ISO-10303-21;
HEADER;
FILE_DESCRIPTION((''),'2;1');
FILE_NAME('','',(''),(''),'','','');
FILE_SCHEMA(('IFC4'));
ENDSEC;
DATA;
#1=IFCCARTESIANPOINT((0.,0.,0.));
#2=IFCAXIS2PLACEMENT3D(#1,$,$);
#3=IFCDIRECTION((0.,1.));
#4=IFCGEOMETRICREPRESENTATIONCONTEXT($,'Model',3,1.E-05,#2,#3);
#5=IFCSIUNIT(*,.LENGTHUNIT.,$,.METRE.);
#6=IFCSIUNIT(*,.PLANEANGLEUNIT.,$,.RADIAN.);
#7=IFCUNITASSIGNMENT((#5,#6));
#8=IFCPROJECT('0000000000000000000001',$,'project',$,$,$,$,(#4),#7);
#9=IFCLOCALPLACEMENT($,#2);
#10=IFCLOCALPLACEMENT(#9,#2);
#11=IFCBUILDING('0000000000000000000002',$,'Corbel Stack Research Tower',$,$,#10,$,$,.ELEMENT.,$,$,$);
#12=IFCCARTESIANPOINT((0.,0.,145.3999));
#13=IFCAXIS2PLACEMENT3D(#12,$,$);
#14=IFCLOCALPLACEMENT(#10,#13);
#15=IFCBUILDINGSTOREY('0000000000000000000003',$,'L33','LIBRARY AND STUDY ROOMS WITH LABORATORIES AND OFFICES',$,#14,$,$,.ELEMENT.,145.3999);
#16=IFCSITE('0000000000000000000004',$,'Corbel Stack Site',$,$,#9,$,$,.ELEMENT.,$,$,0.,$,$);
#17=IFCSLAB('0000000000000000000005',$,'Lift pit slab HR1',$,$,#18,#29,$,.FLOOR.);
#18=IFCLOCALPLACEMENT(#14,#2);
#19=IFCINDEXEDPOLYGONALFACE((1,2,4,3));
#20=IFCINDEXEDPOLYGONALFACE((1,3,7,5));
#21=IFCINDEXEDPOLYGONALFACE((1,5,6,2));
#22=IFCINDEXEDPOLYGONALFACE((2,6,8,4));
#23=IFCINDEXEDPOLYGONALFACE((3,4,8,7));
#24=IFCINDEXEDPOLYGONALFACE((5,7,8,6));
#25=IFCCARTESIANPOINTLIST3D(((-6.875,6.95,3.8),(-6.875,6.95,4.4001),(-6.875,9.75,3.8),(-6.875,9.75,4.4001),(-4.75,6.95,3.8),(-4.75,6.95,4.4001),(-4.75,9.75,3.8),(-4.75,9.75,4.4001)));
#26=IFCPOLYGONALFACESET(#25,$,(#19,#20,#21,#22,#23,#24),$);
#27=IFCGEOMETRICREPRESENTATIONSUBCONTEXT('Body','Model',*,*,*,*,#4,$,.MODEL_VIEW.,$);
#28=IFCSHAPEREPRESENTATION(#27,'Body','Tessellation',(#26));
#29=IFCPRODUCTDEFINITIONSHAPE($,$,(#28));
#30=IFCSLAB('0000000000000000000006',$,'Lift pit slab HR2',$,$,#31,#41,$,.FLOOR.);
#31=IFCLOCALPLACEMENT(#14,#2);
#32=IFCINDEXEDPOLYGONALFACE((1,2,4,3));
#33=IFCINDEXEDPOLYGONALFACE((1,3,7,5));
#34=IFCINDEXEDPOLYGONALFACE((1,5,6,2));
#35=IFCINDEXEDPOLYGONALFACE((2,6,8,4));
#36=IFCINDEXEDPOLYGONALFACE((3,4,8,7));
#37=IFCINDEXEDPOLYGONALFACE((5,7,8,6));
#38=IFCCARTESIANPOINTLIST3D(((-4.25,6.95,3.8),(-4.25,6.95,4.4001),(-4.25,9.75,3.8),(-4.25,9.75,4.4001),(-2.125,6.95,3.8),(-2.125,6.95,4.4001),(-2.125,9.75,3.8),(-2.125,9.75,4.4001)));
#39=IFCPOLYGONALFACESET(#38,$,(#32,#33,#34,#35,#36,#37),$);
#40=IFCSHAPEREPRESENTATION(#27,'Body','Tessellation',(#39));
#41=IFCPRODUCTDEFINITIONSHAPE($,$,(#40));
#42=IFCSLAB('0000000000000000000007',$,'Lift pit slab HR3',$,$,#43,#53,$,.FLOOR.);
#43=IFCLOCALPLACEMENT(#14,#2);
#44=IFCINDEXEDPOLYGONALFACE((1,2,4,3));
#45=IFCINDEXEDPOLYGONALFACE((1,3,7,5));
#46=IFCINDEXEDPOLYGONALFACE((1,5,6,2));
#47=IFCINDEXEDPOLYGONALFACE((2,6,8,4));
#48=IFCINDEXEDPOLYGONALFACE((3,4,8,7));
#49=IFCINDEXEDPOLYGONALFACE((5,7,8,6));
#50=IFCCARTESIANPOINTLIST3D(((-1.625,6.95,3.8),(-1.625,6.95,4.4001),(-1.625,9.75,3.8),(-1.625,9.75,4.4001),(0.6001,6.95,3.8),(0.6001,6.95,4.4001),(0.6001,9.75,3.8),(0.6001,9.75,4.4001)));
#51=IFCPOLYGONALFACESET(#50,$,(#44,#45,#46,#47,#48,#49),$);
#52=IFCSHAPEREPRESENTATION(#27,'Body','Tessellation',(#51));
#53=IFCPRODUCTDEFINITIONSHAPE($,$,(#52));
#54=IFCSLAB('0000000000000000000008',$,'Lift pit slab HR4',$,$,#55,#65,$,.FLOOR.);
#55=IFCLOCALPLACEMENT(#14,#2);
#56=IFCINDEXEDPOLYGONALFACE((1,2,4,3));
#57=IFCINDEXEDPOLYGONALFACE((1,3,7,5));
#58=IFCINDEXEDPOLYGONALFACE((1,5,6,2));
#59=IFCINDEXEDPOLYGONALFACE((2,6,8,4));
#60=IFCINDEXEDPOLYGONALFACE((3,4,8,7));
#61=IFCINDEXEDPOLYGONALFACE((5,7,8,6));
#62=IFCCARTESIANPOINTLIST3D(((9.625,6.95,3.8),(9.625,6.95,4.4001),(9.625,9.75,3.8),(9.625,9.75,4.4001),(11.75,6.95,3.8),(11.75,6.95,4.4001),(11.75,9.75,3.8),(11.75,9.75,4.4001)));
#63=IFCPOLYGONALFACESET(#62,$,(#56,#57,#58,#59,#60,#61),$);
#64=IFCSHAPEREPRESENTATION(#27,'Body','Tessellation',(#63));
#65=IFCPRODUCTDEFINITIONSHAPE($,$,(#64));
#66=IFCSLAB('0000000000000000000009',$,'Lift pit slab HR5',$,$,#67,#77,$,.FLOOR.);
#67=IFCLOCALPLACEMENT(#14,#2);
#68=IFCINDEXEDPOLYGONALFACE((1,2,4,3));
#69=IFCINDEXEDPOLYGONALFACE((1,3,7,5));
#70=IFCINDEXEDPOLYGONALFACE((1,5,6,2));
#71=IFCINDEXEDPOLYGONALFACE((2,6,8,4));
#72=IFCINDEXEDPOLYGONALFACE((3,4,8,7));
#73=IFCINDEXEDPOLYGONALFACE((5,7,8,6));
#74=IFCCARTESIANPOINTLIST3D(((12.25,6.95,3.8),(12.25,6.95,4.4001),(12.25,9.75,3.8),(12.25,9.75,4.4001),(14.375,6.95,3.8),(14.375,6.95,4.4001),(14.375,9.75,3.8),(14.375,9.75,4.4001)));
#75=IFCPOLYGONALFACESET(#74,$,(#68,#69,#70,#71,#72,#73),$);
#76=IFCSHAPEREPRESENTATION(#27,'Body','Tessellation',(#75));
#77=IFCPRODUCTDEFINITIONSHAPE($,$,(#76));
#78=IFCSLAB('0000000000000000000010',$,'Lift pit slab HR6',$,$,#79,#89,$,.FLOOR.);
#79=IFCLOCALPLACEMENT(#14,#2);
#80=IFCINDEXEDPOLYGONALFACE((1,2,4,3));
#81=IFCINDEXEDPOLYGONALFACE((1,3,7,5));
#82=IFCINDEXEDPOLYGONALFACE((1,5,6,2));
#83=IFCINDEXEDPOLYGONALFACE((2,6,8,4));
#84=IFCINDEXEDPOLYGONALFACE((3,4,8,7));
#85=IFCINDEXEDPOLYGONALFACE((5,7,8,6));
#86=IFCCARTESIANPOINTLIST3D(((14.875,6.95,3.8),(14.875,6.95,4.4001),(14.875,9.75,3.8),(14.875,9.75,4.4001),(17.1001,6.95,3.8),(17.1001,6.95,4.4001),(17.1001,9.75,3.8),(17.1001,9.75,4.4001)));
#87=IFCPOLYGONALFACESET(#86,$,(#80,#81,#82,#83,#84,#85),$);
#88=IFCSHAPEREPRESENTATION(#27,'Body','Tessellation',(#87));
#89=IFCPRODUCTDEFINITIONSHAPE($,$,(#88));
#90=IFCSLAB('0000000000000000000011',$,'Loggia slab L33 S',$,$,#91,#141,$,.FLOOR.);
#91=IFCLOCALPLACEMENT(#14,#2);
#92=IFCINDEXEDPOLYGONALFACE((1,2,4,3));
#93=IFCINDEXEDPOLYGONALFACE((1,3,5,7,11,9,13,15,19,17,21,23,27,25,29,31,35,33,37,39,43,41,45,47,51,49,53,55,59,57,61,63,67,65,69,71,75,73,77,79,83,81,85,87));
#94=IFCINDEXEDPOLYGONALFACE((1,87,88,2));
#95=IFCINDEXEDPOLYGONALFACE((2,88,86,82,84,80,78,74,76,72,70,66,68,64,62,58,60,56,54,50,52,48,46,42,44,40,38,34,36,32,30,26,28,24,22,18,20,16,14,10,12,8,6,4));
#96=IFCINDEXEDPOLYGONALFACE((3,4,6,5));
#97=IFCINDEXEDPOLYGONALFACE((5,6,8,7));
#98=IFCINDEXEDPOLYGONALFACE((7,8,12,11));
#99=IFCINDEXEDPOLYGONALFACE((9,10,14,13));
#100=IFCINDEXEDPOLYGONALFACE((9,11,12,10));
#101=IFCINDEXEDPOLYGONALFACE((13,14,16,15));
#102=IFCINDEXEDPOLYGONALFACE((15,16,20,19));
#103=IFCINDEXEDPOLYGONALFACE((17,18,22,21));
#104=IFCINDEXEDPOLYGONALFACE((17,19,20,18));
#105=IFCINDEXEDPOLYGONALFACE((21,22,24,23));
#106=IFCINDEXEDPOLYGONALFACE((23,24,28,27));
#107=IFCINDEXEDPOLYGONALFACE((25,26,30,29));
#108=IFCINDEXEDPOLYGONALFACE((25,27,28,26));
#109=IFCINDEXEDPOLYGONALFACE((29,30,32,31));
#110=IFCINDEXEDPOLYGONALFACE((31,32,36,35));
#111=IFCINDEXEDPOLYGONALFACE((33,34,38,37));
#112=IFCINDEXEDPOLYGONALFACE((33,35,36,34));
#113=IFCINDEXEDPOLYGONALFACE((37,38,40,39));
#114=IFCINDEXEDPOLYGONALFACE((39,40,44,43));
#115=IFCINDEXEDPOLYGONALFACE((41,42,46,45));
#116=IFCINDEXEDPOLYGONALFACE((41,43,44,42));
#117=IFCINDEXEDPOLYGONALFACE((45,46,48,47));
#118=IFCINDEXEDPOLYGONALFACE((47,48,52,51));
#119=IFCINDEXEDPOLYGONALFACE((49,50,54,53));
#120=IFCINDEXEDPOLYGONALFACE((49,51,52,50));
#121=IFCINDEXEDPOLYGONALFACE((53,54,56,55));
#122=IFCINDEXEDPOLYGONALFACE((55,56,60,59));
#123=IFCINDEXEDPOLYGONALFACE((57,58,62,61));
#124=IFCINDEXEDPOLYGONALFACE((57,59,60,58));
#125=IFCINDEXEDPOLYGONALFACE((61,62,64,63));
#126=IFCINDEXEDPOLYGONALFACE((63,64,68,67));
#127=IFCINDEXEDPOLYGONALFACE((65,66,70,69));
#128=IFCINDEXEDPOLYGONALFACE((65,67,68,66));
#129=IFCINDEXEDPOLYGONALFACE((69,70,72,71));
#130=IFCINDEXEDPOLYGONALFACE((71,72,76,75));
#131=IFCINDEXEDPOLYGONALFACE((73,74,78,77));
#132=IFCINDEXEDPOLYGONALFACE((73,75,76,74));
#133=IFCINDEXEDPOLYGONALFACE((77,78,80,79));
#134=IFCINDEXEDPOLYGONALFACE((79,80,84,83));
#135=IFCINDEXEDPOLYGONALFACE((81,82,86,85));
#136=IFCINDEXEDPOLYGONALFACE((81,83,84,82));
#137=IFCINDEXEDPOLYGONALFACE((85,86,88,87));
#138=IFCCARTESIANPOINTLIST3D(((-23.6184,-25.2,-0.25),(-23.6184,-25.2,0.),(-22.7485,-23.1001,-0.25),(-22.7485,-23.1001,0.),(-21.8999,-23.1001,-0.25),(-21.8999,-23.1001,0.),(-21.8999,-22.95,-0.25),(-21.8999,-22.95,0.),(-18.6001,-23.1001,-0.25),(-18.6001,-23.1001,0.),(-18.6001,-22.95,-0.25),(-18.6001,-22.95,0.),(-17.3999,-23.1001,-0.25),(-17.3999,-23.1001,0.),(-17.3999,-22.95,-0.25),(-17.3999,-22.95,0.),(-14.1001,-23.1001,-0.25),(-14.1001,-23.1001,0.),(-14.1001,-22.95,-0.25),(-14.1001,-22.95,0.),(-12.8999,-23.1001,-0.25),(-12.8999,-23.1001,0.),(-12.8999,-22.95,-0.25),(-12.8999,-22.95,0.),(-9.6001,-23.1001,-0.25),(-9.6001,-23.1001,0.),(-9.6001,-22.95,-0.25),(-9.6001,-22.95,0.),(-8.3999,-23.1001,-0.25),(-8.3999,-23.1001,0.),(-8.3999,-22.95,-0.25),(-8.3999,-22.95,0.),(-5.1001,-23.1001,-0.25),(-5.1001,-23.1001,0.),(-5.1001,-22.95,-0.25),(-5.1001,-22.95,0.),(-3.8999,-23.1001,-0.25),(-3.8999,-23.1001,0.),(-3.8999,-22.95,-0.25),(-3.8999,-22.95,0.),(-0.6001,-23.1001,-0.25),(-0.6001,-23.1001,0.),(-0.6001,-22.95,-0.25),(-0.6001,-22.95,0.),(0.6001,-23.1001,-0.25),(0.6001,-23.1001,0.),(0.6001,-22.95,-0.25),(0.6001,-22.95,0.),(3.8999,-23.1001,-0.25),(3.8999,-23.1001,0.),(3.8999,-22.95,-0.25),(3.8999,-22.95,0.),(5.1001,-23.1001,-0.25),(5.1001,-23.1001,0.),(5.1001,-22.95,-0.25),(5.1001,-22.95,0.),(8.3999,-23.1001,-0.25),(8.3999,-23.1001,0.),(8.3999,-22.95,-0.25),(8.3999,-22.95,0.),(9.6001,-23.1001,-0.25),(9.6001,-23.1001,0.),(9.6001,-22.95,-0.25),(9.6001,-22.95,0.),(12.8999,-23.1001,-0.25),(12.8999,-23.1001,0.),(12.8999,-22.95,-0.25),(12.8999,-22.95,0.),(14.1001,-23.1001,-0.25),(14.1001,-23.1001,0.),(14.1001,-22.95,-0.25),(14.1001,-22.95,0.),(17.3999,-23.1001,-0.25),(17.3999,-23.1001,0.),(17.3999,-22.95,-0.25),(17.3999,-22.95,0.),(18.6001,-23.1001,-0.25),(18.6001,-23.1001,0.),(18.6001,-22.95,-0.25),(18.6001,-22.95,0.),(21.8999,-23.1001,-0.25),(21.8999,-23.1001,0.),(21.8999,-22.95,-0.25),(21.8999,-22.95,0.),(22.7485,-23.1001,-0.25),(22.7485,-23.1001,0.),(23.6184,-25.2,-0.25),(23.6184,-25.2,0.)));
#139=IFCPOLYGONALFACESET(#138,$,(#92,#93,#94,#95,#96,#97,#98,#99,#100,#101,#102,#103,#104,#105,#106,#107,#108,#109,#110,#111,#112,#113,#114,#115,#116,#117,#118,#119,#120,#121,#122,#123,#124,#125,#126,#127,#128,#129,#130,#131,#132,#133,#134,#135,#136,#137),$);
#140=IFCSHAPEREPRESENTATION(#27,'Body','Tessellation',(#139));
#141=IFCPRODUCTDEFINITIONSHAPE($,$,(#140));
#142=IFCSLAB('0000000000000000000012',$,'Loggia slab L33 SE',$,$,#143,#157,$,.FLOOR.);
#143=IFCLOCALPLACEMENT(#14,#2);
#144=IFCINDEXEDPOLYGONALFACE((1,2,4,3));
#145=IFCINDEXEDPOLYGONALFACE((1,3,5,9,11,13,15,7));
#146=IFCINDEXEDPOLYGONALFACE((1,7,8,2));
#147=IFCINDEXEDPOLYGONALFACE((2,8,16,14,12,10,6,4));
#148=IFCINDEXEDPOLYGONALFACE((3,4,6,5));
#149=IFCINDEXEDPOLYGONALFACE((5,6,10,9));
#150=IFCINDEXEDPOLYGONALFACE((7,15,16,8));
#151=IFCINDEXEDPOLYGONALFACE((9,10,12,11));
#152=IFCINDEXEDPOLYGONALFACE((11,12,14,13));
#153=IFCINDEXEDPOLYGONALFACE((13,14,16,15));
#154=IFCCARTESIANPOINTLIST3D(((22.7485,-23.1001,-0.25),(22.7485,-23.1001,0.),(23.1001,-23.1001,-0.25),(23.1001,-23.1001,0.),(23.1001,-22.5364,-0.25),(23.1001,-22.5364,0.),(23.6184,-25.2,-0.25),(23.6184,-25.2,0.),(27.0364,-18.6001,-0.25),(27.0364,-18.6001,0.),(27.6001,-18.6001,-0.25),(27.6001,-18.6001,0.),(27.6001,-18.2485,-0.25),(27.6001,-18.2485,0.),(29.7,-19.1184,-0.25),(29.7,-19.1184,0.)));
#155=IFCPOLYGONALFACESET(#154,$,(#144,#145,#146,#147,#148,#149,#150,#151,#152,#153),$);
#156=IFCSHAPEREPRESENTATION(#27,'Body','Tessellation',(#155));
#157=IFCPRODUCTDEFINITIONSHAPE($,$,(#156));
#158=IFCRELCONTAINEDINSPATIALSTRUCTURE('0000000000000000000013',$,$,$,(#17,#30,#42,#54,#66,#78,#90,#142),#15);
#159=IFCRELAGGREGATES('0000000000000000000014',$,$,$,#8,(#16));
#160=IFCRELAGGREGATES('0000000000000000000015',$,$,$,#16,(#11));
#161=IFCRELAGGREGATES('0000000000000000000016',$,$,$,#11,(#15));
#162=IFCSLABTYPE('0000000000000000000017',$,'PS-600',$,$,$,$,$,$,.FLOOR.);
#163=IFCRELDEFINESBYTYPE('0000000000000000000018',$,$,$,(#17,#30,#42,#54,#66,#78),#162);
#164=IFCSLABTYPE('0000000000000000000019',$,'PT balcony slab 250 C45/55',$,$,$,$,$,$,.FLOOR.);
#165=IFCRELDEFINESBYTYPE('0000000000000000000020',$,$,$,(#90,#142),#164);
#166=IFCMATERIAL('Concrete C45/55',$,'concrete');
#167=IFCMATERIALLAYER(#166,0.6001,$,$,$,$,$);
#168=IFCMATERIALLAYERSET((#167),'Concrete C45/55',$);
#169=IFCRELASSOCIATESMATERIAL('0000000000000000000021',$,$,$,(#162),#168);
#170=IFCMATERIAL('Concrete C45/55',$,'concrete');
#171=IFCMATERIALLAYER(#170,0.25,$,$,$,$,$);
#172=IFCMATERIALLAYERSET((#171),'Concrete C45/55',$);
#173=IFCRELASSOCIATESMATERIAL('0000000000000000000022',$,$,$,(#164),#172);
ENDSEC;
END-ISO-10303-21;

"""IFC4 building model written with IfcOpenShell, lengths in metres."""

from ifc_helpers import new_model, si_unit, direction, frame, origin, place, context, subcontext, project, spatial, polyline, outline, extrude, material, layer, layer_set, type_object, element, save


model = new_model("IFC4")

# Units and contexts
model_context = context("Model", 3, precision=1e-05, world=origin(), true_north=direction((0.0, 1.0)))
body_context = subcontext(model_context, "Body", "Model", "MODEL_VIEW")
ifc_project = project(units=[si_unit("LENGTHUNIT", "METRE"), si_unit("PLANEANGLEUNIT", "RADIAN")], contexts=[model_context])

# Site, building, storey
site_placement = place(None, origin())
site = spatial("IfcSite", under=ifc_project, at=site_placement, Name="Corbel Stack Site", CompositionType="ELEMENT", RefElevation=0.0)
building_placement = place(site_placement, origin())
building = spatial("IfcBuilding", under=site, at=building_placement, Name="Corbel Stack Research Tower", CompositionType="ELEMENT")
storey_placement = place(building_placement, frame((0.0, 0.0, 145.3999)))
storey = spatial("IfcBuildingStorey", under=building, at=storey_placement, Name="L33", Description="LIBRARY AND STUDY ROOMS WITH LABORATORIES AND OFFICES", CompositionType="ELEMENT", Elevation=145.3999)

# Slabs
ifc_material_1 = material(Name="Concrete C45/55", Category="concrete")
ifc_layer_1 = layer(ifc_material_1, 0.6001)
ifc_layer_set_1 = layer_set([ifc_layer_1], Name="Concrete C45/55")
slab_type_1 = type_object("IfcSlabType", Name="PS-600", PredefinedType="FLOOR", material=ifc_layer_set_1)
slab_1_placement = place(storey_placement, frame((0.0, 0.0, 3.8)))
element("IfcSlab", 1, at=slab_1_placement, inside=storey, type_object=slab_type_1, Name="Lift pit slab HR1", PredefinedType="FLOOR", context=body_context, shape_type="SweptSolid", body=[
    extrude(outline(polyline([(-6.875, 6.95), (-4.75, 6.95), (-4.75, 9.75), (-6.875, 9.75), (-6.875, 6.95)])), origin(), (0.0, 0.0, 1.0), 0.6001),
])
slab_2_placement = place(storey_placement, frame((0.0, 0.0, 3.8)))
element("IfcSlab", 2, at=slab_2_placement, inside=storey, type_object=slab_type_1, Name="Lift pit slab HR2", PredefinedType="FLOOR", context=body_context, shape_type="SweptSolid", body=[
    extrude(outline(polyline([(-2.125, 6.95), (-2.125, 9.75), (-4.25, 9.75), (-4.25, 6.95), (-2.125, 6.95)])), origin(), (0.0, 0.0, 1.0), 0.6001),
])
slab_3_placement = place(storey_placement, frame((0.0, 0.0, 3.8)))
element("IfcSlab", 3, at=slab_3_placement, inside=storey, type_object=slab_type_1, Name="Lift pit slab HR3", PredefinedType="FLOOR", context=body_context, shape_type="SweptSolid", body=[
    extrude(outline(polyline([(0.6001, 9.75), (-1.625, 9.75), (-1.625, 6.95), (0.6001, 6.95), (0.6001, 9.75)])), origin(), (0.0, 0.0, 1.0), 0.6001),
])
slab_4_placement = place(storey_placement, frame((0.0, 0.0, 3.8)))
element("IfcSlab", 4, at=slab_4_placement, inside=storey, type_object=slab_type_1, Name="Lift pit slab HR4", PredefinedType="FLOOR", context=body_context, shape_type="SweptSolid", body=[
    extrude(outline(polyline([(9.625, 6.95), (11.75, 6.95), (11.75, 9.75), (9.625, 9.75), (9.625, 6.95)])), origin(), (0.0, 0.0, 1.0), 0.6001),
])
slab_5_placement = place(storey_placement, frame((0.0, 0.0, 3.8)))
element("IfcSlab", 5, at=slab_5_placement, inside=storey, type_object=slab_type_1, Name="Lift pit slab HR5", PredefinedType="FLOOR", context=body_context, shape_type="SweptSolid", body=[
    extrude(outline(polyline([(14.375, 6.95), (14.375, 9.75), (12.25, 9.75), (12.25, 6.95), (14.375, 6.95)])), origin(), (0.0, 0.0, 1.0), 0.6001),
])
slab_6_placement = place(storey_placement, frame((0.0, 0.0, 3.8)))
element("IfcSlab", 6, at=slab_6_placement, inside=storey, type_object=slab_type_1, Name="Lift pit slab HR6", PredefinedType="FLOOR", context=body_context, shape_type="SweptSolid", body=[
    extrude(outline(polyline([(17.1001, 6.95), (17.1001, 9.75), (14.875, 9.75), (14.875, 6.95), (17.1001, 6.95)])), origin(), (0.0, 0.0, 1.0), 0.6001),
])
ifc_material_2 = material(Name="Concrete C45/55", Category="concrete")
ifc_layer_2 = layer(ifc_material_2, 0.25)
ifc_layer_set_2 = layer_set([ifc_layer_2], Name="Concrete C45/55")
slab_type_2 = type_object("IfcSlabType", Name="PT balcony slab 250 C45/55", PredefinedType="FLOOR", material=ifc_layer_set_2)
slab_7_placement = place(storey_placement, frame((0.0, 0.0, -0.25)))
element("IfcSlab", 7, at=slab_7_placement, inside=storey, type_object=slab_type_2, Name="Loggia slab L33 S", PredefinedType="FLOOR", context=body_context, shape_type="SweptSolid", body=[
    extrude(outline(polyline([(22.7485, -23.1001), (21.8999, -23.1001), (21.8999, -22.95), (18.6001, -22.95), (18.6001, -23.1001), (17.3999, -23.1001), (17.3999, -22.95), (14.1001, -22.95), (14.1001, -23.1001), (12.8999, -23.1001), (12.8999, -22.95), (9.6001, -22.95), (9.6001, -23.1001), (8.3999, -23.1001), (8.3999, -22.95), (5.1001, -22.95), (5.1001, -23.1001), (3.8999, -23.1001), (3.8999, -22.95), (0.6001, -22.95), (0.6001, -23.1001), (-0.6001, -23.1001), (-0.6001, -22.95), (-3.8999, -22.95), (-3.8999, -23.1001), (-5.1001, -23.1001), (-5.1001, -22.95), (-8.3999, -22.95), (-8.3999, -23.1001), (-9.6001, -23.1001), (-9.6001, -22.95), (-12.8999, -22.95), (-12.8999, -23.1001), (-14.1001, -23.1001), (-14.1001, -22.95), (-17.3999, -22.95), (-17.3999, -23.1001), (-18.6001, -23.1001), (-18.6001, -22.95), (-21.8999, -22.95), (-21.8999, -23.1001), (-22.7485, -23.1001), (-23.6184, -25.2), (23.6184, -25.2), (22.7485, -23.1001)])), origin(), (0.0, 0.0, 1.0), 0.25),
])
slab_8_placement = place(storey_placement, frame((0.0, 0.0, -0.25)))
element("IfcSlab", 8, at=slab_8_placement, inside=storey, type_object=slab_type_2, Name="Loggia slab L33 SE", PredefinedType="FLOOR", context=body_context, shape_type="SweptSolid", body=[
    extrude(outline(polyline([(27.6001, -18.2485), (27.6001, -18.6001), (27.0364, -18.6001), (23.1001, -22.5364), (23.1001, -23.1001), (22.7485, -23.1001), (23.6184, -25.2), (29.7, -19.1184), (27.6001, -18.2485)])), origin(), (0.0, 0.0, 1.0), 0.25),
])

save(model, "model.ifc")
